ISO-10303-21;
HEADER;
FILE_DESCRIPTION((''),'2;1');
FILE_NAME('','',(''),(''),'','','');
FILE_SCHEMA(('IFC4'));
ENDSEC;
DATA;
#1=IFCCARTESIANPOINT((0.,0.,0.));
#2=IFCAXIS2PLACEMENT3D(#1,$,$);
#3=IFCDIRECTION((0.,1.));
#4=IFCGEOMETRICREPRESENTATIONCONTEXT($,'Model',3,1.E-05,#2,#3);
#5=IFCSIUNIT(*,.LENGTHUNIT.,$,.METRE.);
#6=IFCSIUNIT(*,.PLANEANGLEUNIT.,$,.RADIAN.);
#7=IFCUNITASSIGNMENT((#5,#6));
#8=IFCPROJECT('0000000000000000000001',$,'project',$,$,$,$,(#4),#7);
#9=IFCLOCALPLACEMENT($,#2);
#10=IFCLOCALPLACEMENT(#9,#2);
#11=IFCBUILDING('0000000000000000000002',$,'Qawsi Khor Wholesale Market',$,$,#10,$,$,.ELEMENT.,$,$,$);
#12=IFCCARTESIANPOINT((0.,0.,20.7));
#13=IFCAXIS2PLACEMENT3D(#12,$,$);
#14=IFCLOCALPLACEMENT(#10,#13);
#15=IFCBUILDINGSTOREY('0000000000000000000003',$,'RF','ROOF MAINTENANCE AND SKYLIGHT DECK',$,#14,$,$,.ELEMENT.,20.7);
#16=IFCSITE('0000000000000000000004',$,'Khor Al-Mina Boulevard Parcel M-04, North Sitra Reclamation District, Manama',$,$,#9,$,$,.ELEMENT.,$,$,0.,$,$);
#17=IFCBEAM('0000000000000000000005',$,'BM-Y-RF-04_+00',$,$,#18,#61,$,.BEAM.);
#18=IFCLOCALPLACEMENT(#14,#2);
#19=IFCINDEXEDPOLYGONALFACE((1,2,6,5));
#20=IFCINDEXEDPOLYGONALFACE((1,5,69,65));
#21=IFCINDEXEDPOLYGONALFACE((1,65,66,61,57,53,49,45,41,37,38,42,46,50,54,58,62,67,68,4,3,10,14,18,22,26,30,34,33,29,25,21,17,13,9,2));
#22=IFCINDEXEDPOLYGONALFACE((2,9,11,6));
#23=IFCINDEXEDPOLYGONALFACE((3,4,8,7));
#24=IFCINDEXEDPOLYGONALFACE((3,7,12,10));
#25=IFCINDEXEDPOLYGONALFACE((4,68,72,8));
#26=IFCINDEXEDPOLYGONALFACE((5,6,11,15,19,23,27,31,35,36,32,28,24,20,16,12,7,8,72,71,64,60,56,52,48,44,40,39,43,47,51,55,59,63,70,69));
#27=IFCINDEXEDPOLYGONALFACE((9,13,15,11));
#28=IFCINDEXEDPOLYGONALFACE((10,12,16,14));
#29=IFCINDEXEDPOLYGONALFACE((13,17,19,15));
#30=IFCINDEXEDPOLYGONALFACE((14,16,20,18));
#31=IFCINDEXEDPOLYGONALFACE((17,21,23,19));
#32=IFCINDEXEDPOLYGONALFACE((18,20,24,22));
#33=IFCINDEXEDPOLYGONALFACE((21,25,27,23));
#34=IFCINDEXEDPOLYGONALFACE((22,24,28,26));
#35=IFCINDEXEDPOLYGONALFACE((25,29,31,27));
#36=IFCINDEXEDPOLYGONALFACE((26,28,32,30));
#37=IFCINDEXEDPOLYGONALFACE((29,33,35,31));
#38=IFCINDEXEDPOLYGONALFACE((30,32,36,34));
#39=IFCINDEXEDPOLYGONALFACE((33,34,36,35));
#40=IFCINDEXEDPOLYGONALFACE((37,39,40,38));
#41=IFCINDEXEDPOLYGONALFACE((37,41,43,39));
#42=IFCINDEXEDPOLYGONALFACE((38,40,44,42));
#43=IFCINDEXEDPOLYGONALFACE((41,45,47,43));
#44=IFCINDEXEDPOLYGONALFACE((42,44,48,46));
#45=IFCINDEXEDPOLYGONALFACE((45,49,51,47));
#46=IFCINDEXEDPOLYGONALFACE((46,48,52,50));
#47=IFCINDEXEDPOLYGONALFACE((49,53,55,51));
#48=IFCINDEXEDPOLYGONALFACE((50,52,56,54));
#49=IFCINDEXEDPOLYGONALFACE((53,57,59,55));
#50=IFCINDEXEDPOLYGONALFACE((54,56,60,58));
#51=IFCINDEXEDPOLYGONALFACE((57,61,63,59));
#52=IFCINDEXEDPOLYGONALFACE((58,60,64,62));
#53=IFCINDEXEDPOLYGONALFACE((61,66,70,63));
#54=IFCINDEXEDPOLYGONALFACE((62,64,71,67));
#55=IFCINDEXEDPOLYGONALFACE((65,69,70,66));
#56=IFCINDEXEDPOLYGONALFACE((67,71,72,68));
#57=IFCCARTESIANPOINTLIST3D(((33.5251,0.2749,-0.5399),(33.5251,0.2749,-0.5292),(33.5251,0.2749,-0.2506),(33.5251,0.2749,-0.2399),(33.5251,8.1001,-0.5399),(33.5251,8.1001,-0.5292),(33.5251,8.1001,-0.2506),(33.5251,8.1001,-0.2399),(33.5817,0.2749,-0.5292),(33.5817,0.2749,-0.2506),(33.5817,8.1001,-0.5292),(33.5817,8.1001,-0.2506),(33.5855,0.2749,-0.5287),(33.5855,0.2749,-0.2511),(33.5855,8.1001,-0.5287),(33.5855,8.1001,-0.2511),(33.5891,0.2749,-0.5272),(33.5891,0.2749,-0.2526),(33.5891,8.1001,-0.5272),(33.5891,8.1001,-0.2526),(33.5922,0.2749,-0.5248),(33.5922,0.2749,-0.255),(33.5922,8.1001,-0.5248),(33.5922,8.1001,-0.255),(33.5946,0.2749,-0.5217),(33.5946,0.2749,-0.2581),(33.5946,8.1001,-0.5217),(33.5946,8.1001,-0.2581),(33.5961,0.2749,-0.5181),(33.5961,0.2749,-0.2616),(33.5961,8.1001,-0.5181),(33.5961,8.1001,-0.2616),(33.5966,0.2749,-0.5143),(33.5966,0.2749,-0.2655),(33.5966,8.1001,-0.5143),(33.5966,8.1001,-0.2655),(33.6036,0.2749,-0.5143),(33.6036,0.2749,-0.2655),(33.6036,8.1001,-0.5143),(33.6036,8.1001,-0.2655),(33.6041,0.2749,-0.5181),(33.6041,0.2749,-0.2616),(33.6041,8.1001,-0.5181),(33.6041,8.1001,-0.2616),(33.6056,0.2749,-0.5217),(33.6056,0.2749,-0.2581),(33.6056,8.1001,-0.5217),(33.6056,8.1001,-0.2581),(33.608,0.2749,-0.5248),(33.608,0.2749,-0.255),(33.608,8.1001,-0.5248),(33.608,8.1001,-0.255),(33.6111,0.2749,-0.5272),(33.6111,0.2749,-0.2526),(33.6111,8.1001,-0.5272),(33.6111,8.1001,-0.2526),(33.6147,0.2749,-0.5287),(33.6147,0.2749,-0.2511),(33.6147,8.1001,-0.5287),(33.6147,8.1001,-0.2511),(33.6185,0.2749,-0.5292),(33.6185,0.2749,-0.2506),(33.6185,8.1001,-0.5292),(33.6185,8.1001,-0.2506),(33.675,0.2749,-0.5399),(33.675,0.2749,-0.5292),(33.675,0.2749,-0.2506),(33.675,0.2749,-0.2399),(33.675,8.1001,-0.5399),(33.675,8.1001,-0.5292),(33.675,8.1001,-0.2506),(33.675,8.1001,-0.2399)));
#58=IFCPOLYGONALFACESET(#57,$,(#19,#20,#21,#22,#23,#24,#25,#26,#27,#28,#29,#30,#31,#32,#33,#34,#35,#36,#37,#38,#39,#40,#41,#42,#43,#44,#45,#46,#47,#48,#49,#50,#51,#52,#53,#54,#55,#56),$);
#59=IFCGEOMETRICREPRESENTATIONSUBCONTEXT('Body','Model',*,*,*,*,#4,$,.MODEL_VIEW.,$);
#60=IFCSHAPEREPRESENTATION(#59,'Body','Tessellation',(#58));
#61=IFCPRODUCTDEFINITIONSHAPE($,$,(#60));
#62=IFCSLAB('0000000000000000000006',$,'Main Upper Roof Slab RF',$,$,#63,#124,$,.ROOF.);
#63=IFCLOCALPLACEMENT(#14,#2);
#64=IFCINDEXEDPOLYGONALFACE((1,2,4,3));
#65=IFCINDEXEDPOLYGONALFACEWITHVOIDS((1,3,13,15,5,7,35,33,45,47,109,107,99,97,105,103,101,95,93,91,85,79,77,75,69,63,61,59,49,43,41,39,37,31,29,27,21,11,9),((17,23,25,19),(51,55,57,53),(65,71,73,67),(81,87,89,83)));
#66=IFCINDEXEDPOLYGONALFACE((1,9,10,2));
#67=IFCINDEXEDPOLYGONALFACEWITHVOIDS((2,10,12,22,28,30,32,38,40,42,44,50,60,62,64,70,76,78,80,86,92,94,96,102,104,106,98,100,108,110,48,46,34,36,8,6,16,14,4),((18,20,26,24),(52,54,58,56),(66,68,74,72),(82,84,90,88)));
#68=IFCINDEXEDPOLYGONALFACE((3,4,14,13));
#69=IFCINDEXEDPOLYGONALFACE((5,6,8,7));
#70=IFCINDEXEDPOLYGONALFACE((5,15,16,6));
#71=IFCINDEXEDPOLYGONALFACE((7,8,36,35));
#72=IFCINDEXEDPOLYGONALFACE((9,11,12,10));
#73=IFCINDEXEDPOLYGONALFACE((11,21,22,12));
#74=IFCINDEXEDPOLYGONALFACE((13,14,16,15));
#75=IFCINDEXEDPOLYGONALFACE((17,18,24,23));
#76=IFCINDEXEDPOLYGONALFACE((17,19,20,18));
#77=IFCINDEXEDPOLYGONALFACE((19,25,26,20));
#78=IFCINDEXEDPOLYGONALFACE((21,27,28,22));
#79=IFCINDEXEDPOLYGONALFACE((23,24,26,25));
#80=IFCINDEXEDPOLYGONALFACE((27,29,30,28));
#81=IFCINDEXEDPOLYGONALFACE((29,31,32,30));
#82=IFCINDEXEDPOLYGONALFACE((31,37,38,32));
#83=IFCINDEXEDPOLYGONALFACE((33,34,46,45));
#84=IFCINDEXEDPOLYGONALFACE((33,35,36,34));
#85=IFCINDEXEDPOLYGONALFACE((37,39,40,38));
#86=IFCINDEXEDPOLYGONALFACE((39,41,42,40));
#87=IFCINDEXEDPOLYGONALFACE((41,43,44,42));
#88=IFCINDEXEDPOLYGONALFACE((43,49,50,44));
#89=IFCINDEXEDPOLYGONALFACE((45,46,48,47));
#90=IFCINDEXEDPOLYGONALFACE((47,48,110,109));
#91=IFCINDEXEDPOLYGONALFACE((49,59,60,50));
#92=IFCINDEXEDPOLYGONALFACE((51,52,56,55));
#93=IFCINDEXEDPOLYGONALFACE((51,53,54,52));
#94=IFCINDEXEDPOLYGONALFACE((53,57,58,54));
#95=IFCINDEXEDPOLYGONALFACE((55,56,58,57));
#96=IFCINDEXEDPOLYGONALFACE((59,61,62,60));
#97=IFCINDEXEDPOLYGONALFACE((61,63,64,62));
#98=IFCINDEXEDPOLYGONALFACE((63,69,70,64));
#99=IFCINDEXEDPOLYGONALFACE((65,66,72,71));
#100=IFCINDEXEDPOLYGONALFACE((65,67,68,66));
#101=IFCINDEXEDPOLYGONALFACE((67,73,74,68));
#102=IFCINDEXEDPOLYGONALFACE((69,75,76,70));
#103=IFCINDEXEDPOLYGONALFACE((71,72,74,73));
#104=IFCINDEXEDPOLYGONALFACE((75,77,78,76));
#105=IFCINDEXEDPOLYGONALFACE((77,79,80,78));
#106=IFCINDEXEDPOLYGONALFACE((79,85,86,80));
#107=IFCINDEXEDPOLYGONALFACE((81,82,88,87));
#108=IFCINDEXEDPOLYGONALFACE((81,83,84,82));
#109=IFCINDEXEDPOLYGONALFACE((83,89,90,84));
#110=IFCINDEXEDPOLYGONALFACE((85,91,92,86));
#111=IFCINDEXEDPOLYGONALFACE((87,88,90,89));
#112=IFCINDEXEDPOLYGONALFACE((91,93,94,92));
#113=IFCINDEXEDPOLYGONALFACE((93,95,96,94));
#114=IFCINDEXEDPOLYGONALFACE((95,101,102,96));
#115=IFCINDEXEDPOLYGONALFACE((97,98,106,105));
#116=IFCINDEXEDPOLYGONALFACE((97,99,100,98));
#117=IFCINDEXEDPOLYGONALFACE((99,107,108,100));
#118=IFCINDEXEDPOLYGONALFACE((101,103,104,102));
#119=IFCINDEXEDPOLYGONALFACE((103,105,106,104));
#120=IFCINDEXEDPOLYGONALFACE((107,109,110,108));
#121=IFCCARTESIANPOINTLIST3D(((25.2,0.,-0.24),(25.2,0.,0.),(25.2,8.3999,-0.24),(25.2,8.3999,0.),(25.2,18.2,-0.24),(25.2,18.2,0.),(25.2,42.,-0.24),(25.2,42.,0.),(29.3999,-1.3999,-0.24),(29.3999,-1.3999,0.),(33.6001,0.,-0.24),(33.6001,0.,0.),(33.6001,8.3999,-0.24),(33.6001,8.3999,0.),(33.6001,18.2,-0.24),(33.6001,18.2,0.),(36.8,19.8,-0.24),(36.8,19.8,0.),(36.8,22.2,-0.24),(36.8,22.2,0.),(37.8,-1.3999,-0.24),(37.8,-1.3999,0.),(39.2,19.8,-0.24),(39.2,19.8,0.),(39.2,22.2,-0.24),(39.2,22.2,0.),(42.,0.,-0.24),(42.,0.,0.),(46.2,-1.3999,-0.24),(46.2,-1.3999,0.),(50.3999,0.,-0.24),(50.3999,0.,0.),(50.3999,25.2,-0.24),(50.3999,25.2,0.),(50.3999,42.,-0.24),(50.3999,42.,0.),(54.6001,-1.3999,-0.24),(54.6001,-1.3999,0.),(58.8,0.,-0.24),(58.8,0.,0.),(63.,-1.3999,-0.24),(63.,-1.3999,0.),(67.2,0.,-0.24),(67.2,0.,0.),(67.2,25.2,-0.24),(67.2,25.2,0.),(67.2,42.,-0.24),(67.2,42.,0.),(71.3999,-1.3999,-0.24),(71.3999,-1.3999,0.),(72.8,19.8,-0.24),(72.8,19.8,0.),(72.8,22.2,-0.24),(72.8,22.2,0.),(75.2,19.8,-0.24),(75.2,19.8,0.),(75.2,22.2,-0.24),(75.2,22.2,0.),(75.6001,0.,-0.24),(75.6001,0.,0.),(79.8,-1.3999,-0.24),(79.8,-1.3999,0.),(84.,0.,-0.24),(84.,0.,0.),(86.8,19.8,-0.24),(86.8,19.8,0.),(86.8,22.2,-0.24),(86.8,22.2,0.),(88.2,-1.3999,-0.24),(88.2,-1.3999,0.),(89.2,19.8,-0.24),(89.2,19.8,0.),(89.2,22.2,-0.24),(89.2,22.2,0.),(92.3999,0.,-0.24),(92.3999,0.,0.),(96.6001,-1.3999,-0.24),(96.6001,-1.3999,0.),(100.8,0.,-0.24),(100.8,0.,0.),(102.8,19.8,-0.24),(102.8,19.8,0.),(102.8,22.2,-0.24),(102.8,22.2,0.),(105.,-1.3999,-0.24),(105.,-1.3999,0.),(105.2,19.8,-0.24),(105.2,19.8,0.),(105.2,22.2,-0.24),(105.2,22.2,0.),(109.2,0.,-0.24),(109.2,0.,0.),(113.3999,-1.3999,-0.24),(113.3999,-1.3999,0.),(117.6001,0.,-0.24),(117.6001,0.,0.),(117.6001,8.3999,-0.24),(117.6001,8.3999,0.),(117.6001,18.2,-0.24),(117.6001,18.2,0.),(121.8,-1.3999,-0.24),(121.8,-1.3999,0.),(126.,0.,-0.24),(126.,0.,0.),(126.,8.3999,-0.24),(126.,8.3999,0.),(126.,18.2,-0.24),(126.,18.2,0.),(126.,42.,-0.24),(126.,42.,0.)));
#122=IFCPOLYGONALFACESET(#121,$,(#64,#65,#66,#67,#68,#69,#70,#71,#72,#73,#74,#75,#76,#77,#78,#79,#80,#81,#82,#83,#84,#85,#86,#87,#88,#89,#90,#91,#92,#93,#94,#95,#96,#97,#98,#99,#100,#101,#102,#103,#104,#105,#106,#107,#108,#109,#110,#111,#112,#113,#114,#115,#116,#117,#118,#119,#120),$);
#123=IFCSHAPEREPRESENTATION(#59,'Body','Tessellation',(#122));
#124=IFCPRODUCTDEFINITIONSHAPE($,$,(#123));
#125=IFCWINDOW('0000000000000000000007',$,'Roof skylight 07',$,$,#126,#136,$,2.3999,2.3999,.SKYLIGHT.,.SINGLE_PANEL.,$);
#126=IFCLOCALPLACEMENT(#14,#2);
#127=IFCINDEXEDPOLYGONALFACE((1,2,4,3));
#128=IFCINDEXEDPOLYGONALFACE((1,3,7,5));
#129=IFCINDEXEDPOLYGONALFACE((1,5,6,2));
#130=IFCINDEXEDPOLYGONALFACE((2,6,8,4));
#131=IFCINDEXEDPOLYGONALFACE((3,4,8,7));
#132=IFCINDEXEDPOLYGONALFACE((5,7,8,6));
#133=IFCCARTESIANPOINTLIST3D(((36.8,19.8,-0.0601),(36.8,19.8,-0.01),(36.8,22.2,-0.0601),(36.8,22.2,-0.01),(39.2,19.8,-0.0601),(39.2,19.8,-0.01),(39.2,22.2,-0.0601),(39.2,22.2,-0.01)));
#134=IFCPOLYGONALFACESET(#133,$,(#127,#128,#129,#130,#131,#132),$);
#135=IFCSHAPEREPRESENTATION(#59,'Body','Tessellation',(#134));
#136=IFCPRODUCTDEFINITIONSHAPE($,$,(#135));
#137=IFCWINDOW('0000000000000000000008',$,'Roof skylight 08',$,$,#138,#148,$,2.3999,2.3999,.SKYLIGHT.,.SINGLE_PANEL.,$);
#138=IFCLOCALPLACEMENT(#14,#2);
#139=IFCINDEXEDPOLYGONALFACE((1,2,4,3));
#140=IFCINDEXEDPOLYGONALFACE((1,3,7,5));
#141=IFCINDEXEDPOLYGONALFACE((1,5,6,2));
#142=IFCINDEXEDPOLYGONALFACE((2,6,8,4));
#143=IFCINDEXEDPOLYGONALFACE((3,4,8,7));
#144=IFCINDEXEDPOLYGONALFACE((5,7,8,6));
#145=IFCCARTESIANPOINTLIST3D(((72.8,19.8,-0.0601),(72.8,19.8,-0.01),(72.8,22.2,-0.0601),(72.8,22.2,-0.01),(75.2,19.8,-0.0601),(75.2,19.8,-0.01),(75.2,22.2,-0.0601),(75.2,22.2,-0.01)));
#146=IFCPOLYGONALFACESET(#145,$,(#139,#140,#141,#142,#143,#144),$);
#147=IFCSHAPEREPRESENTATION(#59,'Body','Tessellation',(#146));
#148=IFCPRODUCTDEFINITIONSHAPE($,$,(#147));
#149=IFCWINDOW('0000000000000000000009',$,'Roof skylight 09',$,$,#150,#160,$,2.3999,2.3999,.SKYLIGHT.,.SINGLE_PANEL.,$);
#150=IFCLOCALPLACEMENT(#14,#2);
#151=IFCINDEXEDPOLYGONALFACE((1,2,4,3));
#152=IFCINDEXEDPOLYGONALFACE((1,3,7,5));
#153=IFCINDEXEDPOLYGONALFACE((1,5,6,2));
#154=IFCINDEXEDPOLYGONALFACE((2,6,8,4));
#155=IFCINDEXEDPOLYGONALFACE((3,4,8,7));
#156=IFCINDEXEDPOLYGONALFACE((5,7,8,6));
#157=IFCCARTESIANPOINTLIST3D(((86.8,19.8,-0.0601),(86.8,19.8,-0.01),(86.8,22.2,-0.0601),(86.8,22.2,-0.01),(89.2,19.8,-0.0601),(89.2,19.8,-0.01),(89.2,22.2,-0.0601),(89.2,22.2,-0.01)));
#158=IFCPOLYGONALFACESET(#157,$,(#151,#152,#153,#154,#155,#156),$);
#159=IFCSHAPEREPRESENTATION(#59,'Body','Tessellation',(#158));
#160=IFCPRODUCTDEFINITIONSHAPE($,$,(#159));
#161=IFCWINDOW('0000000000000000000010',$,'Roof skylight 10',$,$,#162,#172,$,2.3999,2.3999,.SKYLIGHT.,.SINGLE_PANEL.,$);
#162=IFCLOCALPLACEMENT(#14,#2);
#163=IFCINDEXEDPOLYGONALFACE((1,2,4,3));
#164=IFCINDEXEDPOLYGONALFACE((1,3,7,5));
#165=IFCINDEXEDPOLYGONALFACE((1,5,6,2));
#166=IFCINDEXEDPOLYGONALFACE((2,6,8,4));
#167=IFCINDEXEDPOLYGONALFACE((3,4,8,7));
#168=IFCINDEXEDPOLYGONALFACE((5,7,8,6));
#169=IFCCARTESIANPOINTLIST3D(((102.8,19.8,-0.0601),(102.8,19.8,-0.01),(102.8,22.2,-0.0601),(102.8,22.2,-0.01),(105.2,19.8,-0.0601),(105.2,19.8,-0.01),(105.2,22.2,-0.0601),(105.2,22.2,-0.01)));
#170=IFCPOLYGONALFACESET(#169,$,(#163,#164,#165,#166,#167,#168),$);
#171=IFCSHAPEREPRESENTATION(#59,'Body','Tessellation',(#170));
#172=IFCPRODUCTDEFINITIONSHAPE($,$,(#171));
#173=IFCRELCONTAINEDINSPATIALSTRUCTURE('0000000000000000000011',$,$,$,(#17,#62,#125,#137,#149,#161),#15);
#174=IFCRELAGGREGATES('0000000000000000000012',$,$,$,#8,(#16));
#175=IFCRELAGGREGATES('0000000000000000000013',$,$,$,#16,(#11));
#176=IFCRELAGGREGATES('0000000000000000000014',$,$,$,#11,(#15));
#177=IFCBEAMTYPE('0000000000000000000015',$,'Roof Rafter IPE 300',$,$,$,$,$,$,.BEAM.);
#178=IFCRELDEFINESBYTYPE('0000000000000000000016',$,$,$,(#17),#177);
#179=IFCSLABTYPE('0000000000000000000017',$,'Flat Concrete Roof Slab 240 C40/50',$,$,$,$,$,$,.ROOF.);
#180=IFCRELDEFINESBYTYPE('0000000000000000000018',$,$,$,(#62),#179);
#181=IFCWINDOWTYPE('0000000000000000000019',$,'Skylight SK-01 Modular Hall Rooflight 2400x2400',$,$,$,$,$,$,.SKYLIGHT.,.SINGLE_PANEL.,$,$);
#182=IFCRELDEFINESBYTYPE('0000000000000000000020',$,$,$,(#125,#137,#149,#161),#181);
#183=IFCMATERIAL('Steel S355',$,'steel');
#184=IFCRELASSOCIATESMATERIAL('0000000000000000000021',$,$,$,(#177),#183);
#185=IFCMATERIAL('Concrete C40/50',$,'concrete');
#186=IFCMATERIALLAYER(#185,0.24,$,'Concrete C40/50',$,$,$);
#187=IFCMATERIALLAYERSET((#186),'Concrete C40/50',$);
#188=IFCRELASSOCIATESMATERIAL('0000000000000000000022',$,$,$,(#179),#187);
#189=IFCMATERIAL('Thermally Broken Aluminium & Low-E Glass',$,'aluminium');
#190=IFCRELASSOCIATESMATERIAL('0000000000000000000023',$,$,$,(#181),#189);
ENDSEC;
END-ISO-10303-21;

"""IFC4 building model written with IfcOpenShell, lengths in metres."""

from ifc_helpers import new_model, si_unit, direction, frame, origin, origin_2d, place, context, subcontext, project, spatial, polyline, rectangle, i_section, outline, extrude, material, layer, layer_set, material_profile, profile_set, type_object, element, fill, save


model = new_model("IFC4")

# Units and contexts
model_context = context("Model", 3, precision=1e-05, world=origin(), true_north=direction((0.0, 1.0)))
body_context = subcontext(model_context, "Body", "Model", "MODEL_VIEW")
ifc_project = project(units=[si_unit("LENGTHUNIT", "METRE"), si_unit("PLANEANGLEUNIT", "RADIAN")], contexts=[model_context])

# Site, building, storey
site_placement = place(None, origin())
site = spatial("IfcSite", under=ifc_project, at=site_placement, Name="Khor Al-Mina Boulevard Parcel M-04, North Sitra Reclamation District, Manama", CompositionType="ELEMENT", RefElevation=0.0)
building_placement = place(site_placement, origin())
building = spatial("IfcBuilding", under=site, at=building_placement, Name="Qawsi Khor Wholesale Market", CompositionType="ELEMENT")
storey_placement = place(building_placement, frame((0.0, 0.0, 20.7)))
storey = spatial("IfcBuildingStorey", under=building, at=storey_placement, Name="RF", Description="ROOF MAINTENANCE AND SKYLIGHT DECK", CompositionType="ELEMENT", Elevation=20.7)

# Beam
ifc_material_1 = material(Name="Steel S355", Category="steel")
ifc_material_profile_1 = material_profile(ifc_material_1, i_section(OverallWidth=0.1499, OverallDepth=0.3, WebThickness=0.0071, FlangeThickness=0.0107, FilletRadius=0.0149, at=origin_2d()), Name="IPE 300")
ifc_profile_set_1 = profile_set([ifc_material_profile_1], Name="Steel S355")
beam_type_1 = type_object("IfcBeamType", Name="Roof Rafter IPE 300", PredefinedType="BEAM", material=ifc_profile_set_1)
for number, where, z_axis, x_axis, name in (
    (1, (33.6001, 0.2749, -0.3899), (0.0, 1.0, 0.0), (-1.0, 0.0, 0.0), "BM-Y-RF-04_+00"),
):
    element("IfcBeam", number, at=place(storey_placement, frame(where, z_axis=z_axis, x_axis=x_axis)), inside=storey, type_object=beam_type_1, Name=name, PredefinedType="BEAM", context=body_context, shape_type="SweptSolid", body=[
        extrude(i_section(OverallWidth=0.1499, OverallDepth=0.3, WebThickness=0.0071, FlangeThickness=0.0107, FilletRadius=0.0149, at=origin_2d()), origin(), (0.0, 0.0, 1.0), 7.8252),
    ])

# Slab, openings, windows
ifc_material_2 = material(Name="Concrete C40/50", Category="concrete")
ifc_layer_1 = layer(ifc_material_2, 0.24, Name="Concrete C40/50")
ifc_layer_set_1 = layer_set([ifc_layer_1], Name="Concrete C40/50")
slab_type_1 = type_object("IfcSlabType", Name="Flat Concrete Roof Slab 240 C40/50", PredefinedType="ROOF", material=ifc_layer_set_1)
slab_1_placement = place(storey_placement, frame((0.0, 0.0, -0.24)))
slab_1 = element("IfcSlab", 2, at=slab_1_placement, inside=storey, type_object=slab_type_1, Name="Main Upper Roof Slab RF", PredefinedType="ROOF", context=body_context, shape_type="SweptSolid", body=[
    extrude(outline(polyline([(25.2, 8.3999), (33.6001, 8.3999), (33.6001, 18.2), (25.2, 18.2), (25.2, 42.0), (50.3999, 42.0), (50.3999, 25.2), (67.2, 25.2), (67.2, 42.0), (126.0, 42.0), (126.0, 18.2), (117.6001, 18.2), (117.6001, 8.3999), (126.0, 8.3999), (126.0, 0.0), (121.8, -1.3999), (117.6001, 0.0), (113.3999, -1.3999), (109.2, 0.0), (105.0, -1.3999), (100.8, 0.0), (96.6001, -1.3999), (92.3999, 0.0), (88.2, -1.3999), (84.0, 0.0), (79.8, -1.3999), (75.6001, 0.0), (71.3999, -1.3999), (67.2, 0.0), (63.0, -1.3999), (58.8, 0.0), (54.6001, -1.3999), (50.3999, 0.0), (46.2, -1.3999), (42.0, 0.0), (37.8, -1.3999), (33.6001, 0.0), (29.3999, -1.3999), (25.2, 0.0), (25.2, 8.3999)])), origin(), (0.0, 0.0, 1.0), 0.24),
])
opening_1_placement = place(slab_1_placement, frame((38.0, 21.0, -0.01)))
opening_1 = element("IfcOpeningElement", 3, at=opening_1_placement, cuts=slab_1, PredefinedType="OPENING", context=body_context, shape_type="SweptSolid", body=[
    extrude(rectangle(XDim=2.3999, YDim=2.3999, at=origin_2d()), origin(), (0.0, 0.0, 1.0), 0.26),
])
opening_2_placement = place(slab_1_placement, frame((74.0, 21.0, -0.01)))
opening_2 = element("IfcOpeningElement", 4, at=opening_2_placement, cuts=slab_1, PredefinedType="OPENING", context=body_context, shape_type="SweptSolid", body=[
    extrude(rectangle(XDim=2.3999, YDim=2.3999, at=origin_2d()), origin(), (0.0, 0.0, 1.0), 0.26),
])
opening_3_placement = place(slab_1_placement, frame((88.0, 21.0, -0.01)))
opening_3 = element("IfcOpeningElement", 5, at=opening_3_placement, cuts=slab_1, PredefinedType="OPENING", context=body_context, shape_type="SweptSolid", body=[
    extrude(rectangle(XDim=2.3999, YDim=2.3999, at=origin_2d()), origin(), (0.0, 0.0, 1.0), 0.26),
])
opening_4_placement = place(slab_1_placement, frame((104.0, 21.0, -0.01)))
opening_4 = element("IfcOpeningElement", 6, at=opening_4_placement, cuts=slab_1, PredefinedType="OPENING", context=body_context, shape_type="SweptSolid", body=[
    extrude(rectangle(XDim=2.3999, YDim=2.3999, at=origin_2d()), origin(), (0.0, 0.0, 1.0), 0.26),
])
ifc_material_3 = material(Name="Thermally Broken Aluminium & Low-E Glass", Category="aluminium")
window_type = type_object("IfcWindowType", Name="Skylight SK-01 Modular Hall Rooflight 2400x2400", PartitioningType="SINGLE_PANEL", PredefinedType="SKYLIGHT", material=ifc_material_3)
window_1_placement = place(opening_1_placement, frame((0.0, 0.0, 0.1899)))
window_1 = element("IfcWindow", 7, at=window_1_placement, inside=storey, type_object=window_type, Name="Roof skylight 07", OverallHeight=2.3999, OverallWidth=2.3999, PartitioningType="SINGLE_PANEL", PredefinedType="SKYLIGHT", context=body_context, shape_type="SweptSolid", body=[
    extrude(rectangle(XDim=2.3999, YDim=2.3999, at=origin_2d()), origin(), (0.0, 0.0, 1.0), 0.05),
])
fill(opening_1, window_1)
window_2_placement = place(opening_2_placement, frame((0.0, 0.0, 0.1899)))
window_2 = element("IfcWindow", 8, at=window_2_placement, inside=storey, type_object=window_type, Name="Roof skylight 08", OverallHeight=2.3999, OverallWidth=2.3999, PartitioningType="SINGLE_PANEL", PredefinedType="SKYLIGHT", context=body_context, shape_type="SweptSolid", body=[
    extrude(rectangle(XDim=2.3999, YDim=2.3999, at=origin_2d()), origin(), (0.0, 0.0, 1.0), 0.05),
])
fill(opening_2, window_2)
window_3_placement = place(opening_3_placement, frame((0.0, 0.0, 0.1899)))
window_3 = element("IfcWindow", 9, at=window_3_placement, inside=storey, type_object=window_type, Name="Roof skylight 09", OverallHeight=2.3999, OverallWidth=2.3999, PartitioningType="SINGLE_PANEL", PredefinedType="SKYLIGHT", context=body_context, shape_type="SweptSolid", body=[
    extrude(rectangle(XDim=2.3999, YDim=2.3999, at=origin_2d()), origin(), (0.0, 0.0, 1.0), 0.05),
])
fill(opening_3, window_3)
window_4_placement = place(opening_4_placement, frame((0.0, 0.0, 0.1899)))
window_4 = element("IfcWindow", 10, at=window_4_placement, inside=storey, type_object=window_type, Name="Roof skylight 10", OverallHeight=2.3999, OverallWidth=2.3999, PartitioningType="SINGLE_PANEL", PredefinedType="SKYLIGHT", context=body_context, shape_type="SweptSolid", body=[
    extrude(rectangle(XDim=2.3999, YDim=2.3999, at=origin_2d()), origin(), (0.0, 0.0, 1.0), 0.05),
])
fill(opening_4, window_4)

save(model, "model.ifc")
